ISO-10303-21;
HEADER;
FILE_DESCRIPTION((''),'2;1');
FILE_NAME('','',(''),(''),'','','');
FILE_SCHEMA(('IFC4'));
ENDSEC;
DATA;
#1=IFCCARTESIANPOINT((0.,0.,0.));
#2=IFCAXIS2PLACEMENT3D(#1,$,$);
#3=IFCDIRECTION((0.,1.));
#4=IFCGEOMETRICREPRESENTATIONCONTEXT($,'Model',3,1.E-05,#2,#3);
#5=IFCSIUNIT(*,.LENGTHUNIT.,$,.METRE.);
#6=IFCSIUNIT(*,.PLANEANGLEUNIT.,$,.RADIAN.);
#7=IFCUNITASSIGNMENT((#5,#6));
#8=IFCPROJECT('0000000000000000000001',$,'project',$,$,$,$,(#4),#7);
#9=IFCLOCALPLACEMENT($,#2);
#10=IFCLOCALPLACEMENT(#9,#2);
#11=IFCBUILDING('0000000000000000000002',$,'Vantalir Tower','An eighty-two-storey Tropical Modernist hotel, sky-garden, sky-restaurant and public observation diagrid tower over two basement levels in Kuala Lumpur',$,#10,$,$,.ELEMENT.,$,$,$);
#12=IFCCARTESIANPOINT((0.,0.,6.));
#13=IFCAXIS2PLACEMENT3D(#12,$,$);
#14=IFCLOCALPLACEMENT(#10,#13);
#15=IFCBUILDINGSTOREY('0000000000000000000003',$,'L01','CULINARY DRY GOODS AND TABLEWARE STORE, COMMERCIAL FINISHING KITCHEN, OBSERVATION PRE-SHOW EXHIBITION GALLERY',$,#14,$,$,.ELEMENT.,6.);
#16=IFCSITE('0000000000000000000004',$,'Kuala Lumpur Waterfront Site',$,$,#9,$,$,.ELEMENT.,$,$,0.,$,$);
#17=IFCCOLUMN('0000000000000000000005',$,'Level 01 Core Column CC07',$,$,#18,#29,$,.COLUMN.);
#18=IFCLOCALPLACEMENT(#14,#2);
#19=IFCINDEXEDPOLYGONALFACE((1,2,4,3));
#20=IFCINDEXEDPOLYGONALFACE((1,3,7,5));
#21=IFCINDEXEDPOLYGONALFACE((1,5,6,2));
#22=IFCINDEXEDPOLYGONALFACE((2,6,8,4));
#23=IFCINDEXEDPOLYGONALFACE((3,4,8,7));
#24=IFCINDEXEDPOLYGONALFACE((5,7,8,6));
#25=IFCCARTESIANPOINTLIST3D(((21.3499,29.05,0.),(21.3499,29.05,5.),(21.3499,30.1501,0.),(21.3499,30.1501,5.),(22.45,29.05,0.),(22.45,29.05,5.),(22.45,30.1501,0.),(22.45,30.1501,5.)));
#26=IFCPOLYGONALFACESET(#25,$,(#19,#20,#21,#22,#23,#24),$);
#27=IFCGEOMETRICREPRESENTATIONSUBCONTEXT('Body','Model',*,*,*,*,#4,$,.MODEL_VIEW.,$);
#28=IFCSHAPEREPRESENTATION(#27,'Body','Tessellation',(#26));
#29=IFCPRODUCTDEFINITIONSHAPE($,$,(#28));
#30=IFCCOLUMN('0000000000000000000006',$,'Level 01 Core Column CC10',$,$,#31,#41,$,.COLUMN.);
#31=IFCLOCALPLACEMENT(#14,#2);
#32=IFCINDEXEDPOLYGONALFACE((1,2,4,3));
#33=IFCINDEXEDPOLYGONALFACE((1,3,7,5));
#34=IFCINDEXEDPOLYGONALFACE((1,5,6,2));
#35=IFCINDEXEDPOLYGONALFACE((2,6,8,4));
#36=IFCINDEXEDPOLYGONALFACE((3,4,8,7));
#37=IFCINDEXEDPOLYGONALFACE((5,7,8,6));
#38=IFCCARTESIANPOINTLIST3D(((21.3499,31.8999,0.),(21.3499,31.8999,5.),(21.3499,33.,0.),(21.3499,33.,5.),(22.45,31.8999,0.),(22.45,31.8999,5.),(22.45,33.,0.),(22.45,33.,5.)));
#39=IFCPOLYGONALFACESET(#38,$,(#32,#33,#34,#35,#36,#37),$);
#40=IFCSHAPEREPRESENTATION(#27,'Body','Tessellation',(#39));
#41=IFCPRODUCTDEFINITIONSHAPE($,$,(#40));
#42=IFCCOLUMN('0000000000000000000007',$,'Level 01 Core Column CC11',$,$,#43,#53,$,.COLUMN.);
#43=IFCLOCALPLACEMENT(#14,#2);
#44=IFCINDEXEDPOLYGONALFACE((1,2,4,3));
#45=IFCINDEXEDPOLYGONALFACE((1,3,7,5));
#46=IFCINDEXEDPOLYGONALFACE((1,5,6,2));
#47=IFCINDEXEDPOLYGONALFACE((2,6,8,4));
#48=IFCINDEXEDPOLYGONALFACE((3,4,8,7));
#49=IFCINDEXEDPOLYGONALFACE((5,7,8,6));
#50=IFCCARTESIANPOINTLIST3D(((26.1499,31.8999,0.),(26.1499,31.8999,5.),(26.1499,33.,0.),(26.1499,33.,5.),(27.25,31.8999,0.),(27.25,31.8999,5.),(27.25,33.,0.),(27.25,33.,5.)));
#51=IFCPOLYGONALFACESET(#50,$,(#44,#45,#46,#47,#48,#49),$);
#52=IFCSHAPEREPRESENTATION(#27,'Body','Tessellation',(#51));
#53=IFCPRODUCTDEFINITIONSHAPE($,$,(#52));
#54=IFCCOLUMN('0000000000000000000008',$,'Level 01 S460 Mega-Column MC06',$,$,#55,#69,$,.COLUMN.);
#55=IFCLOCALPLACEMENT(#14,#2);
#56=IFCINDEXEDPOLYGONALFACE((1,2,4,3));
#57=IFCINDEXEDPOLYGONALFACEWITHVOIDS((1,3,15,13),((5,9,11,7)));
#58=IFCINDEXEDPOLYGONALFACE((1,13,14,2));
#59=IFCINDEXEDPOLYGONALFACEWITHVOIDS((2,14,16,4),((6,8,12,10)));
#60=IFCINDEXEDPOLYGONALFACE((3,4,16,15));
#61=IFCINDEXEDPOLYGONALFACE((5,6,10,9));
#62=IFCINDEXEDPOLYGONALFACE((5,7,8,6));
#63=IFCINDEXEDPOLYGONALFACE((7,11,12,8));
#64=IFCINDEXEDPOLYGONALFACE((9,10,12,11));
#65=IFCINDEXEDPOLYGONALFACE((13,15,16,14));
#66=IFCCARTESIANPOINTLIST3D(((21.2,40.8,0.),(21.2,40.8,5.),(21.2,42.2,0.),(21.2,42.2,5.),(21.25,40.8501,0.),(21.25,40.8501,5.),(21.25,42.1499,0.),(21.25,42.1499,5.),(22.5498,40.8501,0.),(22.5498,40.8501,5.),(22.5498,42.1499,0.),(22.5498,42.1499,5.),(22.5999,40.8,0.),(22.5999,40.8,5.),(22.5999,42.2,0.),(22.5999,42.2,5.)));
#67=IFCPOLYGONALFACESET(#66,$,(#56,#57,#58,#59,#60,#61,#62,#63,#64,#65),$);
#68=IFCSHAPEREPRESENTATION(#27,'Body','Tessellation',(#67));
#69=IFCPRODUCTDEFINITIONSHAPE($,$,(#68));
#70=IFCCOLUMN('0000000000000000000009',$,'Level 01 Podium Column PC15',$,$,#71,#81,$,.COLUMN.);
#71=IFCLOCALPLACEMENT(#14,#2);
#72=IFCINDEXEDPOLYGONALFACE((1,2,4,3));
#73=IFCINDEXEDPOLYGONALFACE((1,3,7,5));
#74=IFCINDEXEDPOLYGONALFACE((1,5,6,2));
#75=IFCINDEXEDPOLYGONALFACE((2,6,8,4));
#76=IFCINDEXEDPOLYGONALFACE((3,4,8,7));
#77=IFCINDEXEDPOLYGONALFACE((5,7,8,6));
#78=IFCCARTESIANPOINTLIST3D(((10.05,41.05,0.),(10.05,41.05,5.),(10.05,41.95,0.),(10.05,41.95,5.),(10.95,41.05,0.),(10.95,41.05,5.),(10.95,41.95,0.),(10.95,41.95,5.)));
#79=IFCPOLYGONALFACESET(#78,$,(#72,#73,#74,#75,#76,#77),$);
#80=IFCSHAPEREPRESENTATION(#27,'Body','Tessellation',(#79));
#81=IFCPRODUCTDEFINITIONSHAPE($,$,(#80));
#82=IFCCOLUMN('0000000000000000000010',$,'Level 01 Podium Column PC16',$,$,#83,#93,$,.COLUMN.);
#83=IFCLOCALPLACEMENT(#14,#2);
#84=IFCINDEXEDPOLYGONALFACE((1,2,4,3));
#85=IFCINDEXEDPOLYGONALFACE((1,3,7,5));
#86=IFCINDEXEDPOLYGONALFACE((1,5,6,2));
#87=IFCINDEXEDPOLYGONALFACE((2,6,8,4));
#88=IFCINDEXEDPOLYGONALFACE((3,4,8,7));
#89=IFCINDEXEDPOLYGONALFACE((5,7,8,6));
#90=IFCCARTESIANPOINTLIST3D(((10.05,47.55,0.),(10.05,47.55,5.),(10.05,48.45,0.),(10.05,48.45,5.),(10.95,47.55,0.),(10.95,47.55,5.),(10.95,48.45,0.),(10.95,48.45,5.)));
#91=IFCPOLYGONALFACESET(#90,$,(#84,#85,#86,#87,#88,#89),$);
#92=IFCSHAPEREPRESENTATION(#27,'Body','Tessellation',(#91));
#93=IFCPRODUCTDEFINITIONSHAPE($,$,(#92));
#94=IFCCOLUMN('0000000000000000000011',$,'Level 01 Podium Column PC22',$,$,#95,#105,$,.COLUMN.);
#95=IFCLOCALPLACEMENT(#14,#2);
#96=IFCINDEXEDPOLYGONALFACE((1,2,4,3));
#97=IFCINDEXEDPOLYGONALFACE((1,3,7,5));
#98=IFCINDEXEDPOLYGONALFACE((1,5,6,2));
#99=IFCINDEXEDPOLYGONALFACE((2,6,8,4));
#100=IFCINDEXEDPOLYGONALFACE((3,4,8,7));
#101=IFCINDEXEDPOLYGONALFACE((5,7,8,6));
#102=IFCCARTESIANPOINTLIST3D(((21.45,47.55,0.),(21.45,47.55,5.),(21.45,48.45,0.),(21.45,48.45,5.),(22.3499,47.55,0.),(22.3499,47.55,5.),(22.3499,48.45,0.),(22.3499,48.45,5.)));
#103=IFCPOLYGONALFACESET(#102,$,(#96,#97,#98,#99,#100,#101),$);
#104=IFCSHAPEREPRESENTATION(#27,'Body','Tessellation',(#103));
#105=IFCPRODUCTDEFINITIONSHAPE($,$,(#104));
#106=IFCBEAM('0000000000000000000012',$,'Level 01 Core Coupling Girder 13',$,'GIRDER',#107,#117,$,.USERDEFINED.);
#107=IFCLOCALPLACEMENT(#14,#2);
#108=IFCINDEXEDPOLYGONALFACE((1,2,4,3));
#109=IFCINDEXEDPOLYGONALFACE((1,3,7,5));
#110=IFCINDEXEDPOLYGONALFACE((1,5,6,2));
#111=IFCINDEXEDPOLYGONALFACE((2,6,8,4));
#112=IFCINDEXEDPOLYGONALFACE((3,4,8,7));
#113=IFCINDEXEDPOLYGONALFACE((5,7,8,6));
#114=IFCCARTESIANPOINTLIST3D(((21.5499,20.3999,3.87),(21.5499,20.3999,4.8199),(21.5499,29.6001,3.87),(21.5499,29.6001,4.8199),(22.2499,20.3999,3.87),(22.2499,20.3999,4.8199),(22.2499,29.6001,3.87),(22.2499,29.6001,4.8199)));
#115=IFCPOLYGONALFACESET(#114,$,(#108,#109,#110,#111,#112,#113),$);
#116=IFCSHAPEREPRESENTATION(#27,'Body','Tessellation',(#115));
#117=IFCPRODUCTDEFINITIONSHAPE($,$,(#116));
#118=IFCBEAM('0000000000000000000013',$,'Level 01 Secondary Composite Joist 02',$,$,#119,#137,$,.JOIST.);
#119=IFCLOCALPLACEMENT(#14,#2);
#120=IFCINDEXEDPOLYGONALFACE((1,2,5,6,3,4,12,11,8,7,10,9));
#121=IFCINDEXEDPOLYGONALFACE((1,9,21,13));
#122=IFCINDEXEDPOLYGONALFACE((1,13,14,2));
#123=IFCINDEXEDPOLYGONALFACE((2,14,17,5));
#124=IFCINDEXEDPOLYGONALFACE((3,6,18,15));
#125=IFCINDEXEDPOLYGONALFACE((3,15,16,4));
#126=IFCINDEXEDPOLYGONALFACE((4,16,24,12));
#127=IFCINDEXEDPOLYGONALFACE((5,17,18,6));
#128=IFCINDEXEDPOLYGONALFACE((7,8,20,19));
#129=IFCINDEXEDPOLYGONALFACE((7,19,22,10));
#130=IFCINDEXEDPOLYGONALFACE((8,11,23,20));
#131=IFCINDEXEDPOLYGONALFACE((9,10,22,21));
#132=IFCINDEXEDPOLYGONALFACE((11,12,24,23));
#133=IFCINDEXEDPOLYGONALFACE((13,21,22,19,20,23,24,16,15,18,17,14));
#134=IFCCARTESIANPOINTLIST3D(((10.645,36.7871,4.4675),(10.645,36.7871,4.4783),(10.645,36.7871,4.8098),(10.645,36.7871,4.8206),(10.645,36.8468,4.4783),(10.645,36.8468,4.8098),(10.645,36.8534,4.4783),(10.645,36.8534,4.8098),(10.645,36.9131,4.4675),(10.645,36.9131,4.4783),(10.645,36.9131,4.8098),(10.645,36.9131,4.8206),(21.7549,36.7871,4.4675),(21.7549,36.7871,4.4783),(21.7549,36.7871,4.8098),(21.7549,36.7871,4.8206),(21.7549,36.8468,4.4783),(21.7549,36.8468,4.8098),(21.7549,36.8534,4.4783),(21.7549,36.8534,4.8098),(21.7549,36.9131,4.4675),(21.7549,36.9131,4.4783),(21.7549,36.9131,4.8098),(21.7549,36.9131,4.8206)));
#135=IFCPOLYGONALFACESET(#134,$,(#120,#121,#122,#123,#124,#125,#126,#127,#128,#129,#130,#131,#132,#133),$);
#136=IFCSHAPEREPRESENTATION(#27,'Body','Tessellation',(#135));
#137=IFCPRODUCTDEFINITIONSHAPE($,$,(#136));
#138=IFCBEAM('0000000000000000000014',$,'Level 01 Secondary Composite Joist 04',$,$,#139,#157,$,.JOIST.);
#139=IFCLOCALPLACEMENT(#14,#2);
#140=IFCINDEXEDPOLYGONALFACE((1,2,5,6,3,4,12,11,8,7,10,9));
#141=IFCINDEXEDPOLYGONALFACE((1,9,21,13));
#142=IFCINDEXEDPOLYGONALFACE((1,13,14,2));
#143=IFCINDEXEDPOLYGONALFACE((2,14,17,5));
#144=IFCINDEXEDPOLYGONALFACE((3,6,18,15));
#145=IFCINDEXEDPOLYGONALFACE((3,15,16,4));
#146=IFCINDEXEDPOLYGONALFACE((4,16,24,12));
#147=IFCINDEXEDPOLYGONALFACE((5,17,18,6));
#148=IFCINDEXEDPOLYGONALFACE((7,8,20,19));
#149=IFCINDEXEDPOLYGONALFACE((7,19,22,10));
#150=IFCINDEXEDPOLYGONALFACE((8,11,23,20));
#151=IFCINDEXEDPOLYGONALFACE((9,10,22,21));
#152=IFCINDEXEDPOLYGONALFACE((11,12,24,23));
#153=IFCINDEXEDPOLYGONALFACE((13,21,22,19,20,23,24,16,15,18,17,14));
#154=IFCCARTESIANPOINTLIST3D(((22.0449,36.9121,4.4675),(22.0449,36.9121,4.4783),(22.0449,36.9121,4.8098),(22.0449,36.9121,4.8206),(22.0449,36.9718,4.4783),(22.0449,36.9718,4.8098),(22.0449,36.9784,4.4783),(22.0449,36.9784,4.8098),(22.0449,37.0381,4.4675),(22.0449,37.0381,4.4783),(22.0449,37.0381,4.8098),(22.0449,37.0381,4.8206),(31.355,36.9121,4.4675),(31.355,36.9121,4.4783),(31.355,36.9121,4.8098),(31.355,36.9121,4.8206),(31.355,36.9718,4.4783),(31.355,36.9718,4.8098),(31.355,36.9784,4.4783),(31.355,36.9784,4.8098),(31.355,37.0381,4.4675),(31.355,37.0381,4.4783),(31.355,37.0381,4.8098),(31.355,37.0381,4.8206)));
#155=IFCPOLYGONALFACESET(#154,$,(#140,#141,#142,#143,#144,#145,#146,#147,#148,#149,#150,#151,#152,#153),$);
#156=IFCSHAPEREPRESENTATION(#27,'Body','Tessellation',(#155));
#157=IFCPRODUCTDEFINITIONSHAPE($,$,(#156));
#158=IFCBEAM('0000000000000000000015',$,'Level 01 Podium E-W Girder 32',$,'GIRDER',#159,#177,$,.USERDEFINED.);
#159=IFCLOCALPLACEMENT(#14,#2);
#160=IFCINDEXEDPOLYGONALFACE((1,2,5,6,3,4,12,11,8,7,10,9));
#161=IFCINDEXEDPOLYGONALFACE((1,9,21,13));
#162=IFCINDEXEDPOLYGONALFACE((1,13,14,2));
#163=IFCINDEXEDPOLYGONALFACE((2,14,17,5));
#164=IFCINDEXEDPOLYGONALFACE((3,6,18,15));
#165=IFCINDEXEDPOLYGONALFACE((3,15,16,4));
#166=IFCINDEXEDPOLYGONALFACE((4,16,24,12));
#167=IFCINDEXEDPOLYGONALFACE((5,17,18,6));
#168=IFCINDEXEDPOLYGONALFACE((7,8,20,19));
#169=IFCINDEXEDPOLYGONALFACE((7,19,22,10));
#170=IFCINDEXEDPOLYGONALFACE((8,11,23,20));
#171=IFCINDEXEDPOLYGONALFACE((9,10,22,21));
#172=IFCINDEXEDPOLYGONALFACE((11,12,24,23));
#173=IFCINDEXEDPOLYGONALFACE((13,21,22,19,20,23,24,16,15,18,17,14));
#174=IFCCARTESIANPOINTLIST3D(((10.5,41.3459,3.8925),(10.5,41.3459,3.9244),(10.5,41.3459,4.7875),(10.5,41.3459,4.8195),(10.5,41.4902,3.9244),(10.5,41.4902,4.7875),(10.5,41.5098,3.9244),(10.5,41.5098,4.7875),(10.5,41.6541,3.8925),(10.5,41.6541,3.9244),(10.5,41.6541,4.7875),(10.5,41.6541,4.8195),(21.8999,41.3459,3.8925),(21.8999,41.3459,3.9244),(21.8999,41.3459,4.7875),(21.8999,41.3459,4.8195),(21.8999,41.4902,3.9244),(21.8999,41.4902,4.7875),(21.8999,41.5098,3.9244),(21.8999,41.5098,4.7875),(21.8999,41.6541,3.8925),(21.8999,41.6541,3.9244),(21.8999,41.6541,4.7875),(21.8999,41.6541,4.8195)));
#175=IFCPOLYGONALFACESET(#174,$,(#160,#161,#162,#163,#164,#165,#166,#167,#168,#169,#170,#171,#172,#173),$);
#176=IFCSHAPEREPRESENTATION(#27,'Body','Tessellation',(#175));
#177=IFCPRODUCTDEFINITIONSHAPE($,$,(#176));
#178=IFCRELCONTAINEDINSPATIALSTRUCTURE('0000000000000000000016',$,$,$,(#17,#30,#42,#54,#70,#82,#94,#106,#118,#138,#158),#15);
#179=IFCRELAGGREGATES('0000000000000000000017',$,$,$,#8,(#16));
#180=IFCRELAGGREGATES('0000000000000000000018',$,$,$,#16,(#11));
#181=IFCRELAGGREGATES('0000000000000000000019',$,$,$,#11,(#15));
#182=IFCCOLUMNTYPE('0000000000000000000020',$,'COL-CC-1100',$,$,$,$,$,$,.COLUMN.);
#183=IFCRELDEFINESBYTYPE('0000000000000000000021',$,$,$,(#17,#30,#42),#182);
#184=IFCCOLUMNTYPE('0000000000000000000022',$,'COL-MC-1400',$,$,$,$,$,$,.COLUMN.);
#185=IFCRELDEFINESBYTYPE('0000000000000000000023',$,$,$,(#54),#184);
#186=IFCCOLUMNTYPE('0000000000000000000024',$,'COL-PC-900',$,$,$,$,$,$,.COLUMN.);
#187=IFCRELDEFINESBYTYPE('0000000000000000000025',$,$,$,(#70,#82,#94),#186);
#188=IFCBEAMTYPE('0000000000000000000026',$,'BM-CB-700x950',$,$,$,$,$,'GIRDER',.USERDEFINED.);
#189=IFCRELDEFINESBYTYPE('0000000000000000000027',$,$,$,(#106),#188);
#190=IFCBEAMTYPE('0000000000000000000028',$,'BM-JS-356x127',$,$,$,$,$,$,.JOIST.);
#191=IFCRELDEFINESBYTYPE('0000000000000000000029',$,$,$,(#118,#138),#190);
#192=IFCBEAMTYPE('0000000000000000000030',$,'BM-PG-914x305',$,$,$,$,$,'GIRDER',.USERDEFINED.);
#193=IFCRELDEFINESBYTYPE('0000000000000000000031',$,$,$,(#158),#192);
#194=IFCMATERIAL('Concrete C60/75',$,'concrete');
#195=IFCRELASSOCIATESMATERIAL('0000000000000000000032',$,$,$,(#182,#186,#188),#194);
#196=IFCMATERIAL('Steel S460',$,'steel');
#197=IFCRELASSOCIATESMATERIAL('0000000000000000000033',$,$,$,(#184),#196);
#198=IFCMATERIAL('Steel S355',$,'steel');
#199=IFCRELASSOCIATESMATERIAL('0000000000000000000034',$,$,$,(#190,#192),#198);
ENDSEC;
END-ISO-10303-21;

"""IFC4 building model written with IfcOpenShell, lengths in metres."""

from ifc_helpers import new_model, si_unit, direction, frame, origin, origin_2d, place, context, subcontext, project, spatial, rectangle, hollow_rectangle, i_section, extrude, material, material_profile, profile_set, type_object, element, save


model = new_model("IFC4")

# Units and contexts
model_context = context("Model", 3, precision=1e-05, world=origin(), true_north=direction((0.0, 1.0)))
body_context = subcontext(model_context, "Body", "Model", "MODEL_VIEW")
ifc_project = project(units=[si_unit("LENGTHUNIT", "METRE"), si_unit("PLANEANGLEUNIT", "RADIAN")], contexts=[model_context])

# Site, building, storey
site_placement = place(None, origin())
site = spatial("IfcSite", under=ifc_project, at=site_placement, Name="Kuala Lumpur Waterfront Site", CompositionType="ELEMENT", RefElevation=0.0)
building_placement = place(site_placement, origin())
building = spatial("IfcBuilding", under=site, at=building_placement, Name="Vantalir Tower", Description="An eighty-two-storey Tropical Modernist hotel, sky-garden, sky-restaurant and public observation diagrid tower over two basement levels in Kuala Lumpur", CompositionType="ELEMENT")
storey_placement = place(building_placement, frame((0.0, 0.0, 6.0)))
storey = spatial("IfcBuildingStorey", under=building, at=storey_placement, Name="L01", Description="CULINARY DRY GOODS AND TABLEWARE STORE, COMMERCIAL FINISHING KITCHEN, OBSERVATION PRE-SHOW EXHIBITION GALLERY", CompositionType="ELEMENT", Elevation=6.0)

# Columns
ifc_material_1 = material(Name="Concrete C60/75", Category="concrete")
ifc_material_profile_1 = material_profile(ifc_material_1, rectangle(XDim=1.1001, YDim=1.1001, at=origin_2d()), Name="Concrete C60/75")
ifc_profile_set_1 = profile_set([ifc_material_profile_1], Name="Concrete C60/75")
column_type_1 = type_object("IfcColumnType", Name="COL-CC-1100", PredefinedType="COLUMN", material=ifc_profile_set_1)
for number, where, z_axis, x_axis, name in (
    (1, (21.8999, 29.6001, 0.0), (0.0, 0.0, 1.0), (1.0, 0.0, 0.0), "Level 01 Core Column CC07"),
    (2, (21.8999, 32.45, 0.0), (0.0, 0.0, 1.0), (1.0, 0.0, 0.0), "Level 01 Core Column CC10"),
    (3, (26.7, 32.45, 0.0), (0.0, 0.0, 1.0), (1.0, 0.0, 0.0), "Level 01 Core Column CC11"),
):
    element("IfcColumn", number, at=place(storey_placement, frame(where, z_axis=z_axis, x_axis=x_axis)), inside=storey, type_object=column_type_1, Name=name, PredefinedType="COLUMN", context=body_context, shape_type="SweptSolid", body=[
        extrude(rectangle(XDim=1.1001, YDim=1.1001, at=origin_2d()), origin(), (0.0, 0.0, 1.0), 5.0),
    ])
ifc_material_2 = material(Name="Steel S460", Category="steel")
ifc_material_profile_2 = material_profile(ifc_material_2, hollow_rectangle(XDim=1.3999, YDim=1.3999, WallThickness=0.05, at=origin_2d()), Name="Steel S460")
ifc_profile_set_2 = profile_set([ifc_material_profile_2], Name="Steel S460")
column_type_2 = type_object("IfcColumnType", Name="COL-MC-1400", PredefinedType="COLUMN", material=ifc_profile_set_2)
column_placement = place(storey_placement, frame((21.8999, 41.5, 0.0), z_axis=(0.0, 0.0, 1.0), x_axis=(1.0, 0.0, 0.0)))
element("IfcColumn", 4, at=column_placement, inside=storey, type_object=column_type_2, Name="Level 01 S460 Mega-Column MC06", PredefinedType="COLUMN", context=body_context, shape_type="SweptSolid", body=[
    extrude(hollow_rectangle(XDim=1.3999, YDim=1.3999, WallThickness=0.05, at=origin_2d()), origin(), (0.0, 0.0, 1.0), 5.0),
])
ifc_material_profile_3 = material_profile(ifc_material_1, rectangle(XDim=0.8999, YDim=0.8999, at=origin_2d()), Name="Concrete C60/75")
ifc_profile_set_3 = profile_set([ifc_material_profile_3], Name="Concrete C60/75")
column_type_3 = type_object("IfcColumnType", Name="COL-PC-900", PredefinedType="COLUMN", material=ifc_profile_set_3)
for number, where, z_axis, x_axis, name in (
    (5, (10.5, 41.5, 0.0), (0.0, 0.0, 1.0), (1.0, 0.0, 0.0), "Level 01 Podium Column PC15"),
    (6, (10.5, 48.0, 0.0), (0.0, 0.0, 1.0), (1.0, 0.0, 0.0), "Level 01 Podium Column PC16"),
    (7, (21.8999, 48.0, 0.0), (0.0, 0.0, 1.0), (1.0, 0.0, 0.0), "Level 01 Podium Column PC22"),
):
    element("IfcColumn", number, at=place(storey_placement, frame(where, z_axis=z_axis, x_axis=x_axis)), inside=storey, type_object=column_type_3, Name=name, PredefinedType="COLUMN", context=body_context, shape_type="SweptSolid", body=[
        extrude(rectangle(XDim=0.8999, YDim=0.8999, at=origin_2d()), origin(), (0.0, 0.0, 1.0), 5.0),
    ])

# Beams
ifc_material_profile_4 = material_profile(ifc_material_1, rectangle(XDim=0.7, YDim=0.95, at=origin_2d()), Name="Concrete C60/75")
ifc_profile_set_4 = profile_set([ifc_material_profile_4], Name="Concrete C60/75")
beam_type_1 = type_object("IfcBeamType", Name="BM-CB-700x950", ElementType="GIRDER", PredefinedType="USERDEFINED", material=ifc_profile_set_4)
beam_1_placement = place(storey_placement, frame((21.8999, 29.6001, 4.345), z_axis=(0.0, -1.0, 0.0), x_axis=(1.0, 0.0, 0.0)))
element("IfcBeam", 8, at=beam_1_placement, inside=storey, type_object=beam_type_1, Name="Level 01 Core Coupling Girder 13", ObjectType="GIRDER", PredefinedType="USERDEFINED", context=body_context, shape_type="SweptSolid", body=[
    extrude(rectangle(XDim=0.7, YDim=0.95, at=origin_2d()), origin(), (0.0, 0.0, 1.0), 9.2002),
])
ifc_material_3 = material(Name="Steel S355", Category="steel")
ifc_material_profile_5 = material_profile(ifc_material_3, i_section(OverallWidth=0.126, OverallDepth=0.353, WebThickness=0.0066, FlangeThickness=0.0107, at=origin_2d()), Name="Steel S355")
ifc_profile_set_5 = profile_set([ifc_material_profile_5], Name="Steel S355")
beam_type_2 = type_object("IfcBeamType", Name="BM-JS-356x127", PredefinedType="JOIST", material=ifc_profile_set_5)
beam_2_placement = place(storey_placement, frame((10.645, 36.8501, 4.644), z_axis=(1.0, 0.0, 0.0), x_axis=(0.0, 1.0, 0.0)))
element("IfcBeam", 9, at=beam_2_placement, inside=storey, type_object=beam_type_2, Name="Level 01 Secondary Composite Joist 02", PredefinedType="JOIST", context=body_context, shape_type="SweptSolid", body=[
    extrude(i_section(OverallWidth=0.126, OverallDepth=0.353, WebThickness=0.0066, FlangeThickness=0.0107, at=origin_2d()), origin(), (0.0, 0.0, 1.0), 11.1099),
])
beam_3_placement = place(storey_placement, frame((22.0449, 36.9751, 4.644), z_axis=(1.0, 0.0, 0.0), x_axis=(0.0, 1.0, 0.0)))
element("IfcBeam", 10, at=beam_3_placement, inside=storey, type_object=beam_type_2, Name="Level 01 Secondary Composite Joist 04", PredefinedType="JOIST", context=body_context, shape_type="SweptSolid", body=[
    extrude(i_section(OverallWidth=0.126, OverallDepth=0.353, WebThickness=0.0066, FlangeThickness=0.0107, at=origin_2d()), origin(), (0.0, 0.0, 1.0), 9.3101),
])
ifc_material_profile_6 = material_profile(ifc_material_3, i_section(OverallWidth=0.3081, OverallDepth=0.927, WebThickness=0.0195, FlangeThickness=0.032, at=origin_2d()), Name="Steel S355")
ifc_profile_set_6 = profile_set([ifc_material_profile_6], Name="Steel S355")
beam_type_3 = type_object("IfcBeamType", Name="BM-PG-914x305", ElementType="GIRDER", PredefinedType="USERDEFINED", material=ifc_profile_set_6)
beam_4_placement = place(storey_placement, frame((10.5, 41.5, 4.356), z_axis=(1.0, 0.0, 0.0), x_axis=(0.0, 1.0, 0.0)))
element("IfcBeam", 11, at=beam_4_placement, inside=storey, type_object=beam_type_3, Name="Level 01 Podium E-W Girder 32", ObjectType="GIRDER", PredefinedType="USERDEFINED", context=body_context, shape_type="SweptSolid", body=[
    extrude(i_section(OverallWidth=0.3081, OverallDepth=0.927, WebThickness=0.0195, FlangeThickness=0.032, at=origin_2d()), origin(), (0.0, 0.0, 1.0), 11.3999),
])

save(model, "model.ifc")
